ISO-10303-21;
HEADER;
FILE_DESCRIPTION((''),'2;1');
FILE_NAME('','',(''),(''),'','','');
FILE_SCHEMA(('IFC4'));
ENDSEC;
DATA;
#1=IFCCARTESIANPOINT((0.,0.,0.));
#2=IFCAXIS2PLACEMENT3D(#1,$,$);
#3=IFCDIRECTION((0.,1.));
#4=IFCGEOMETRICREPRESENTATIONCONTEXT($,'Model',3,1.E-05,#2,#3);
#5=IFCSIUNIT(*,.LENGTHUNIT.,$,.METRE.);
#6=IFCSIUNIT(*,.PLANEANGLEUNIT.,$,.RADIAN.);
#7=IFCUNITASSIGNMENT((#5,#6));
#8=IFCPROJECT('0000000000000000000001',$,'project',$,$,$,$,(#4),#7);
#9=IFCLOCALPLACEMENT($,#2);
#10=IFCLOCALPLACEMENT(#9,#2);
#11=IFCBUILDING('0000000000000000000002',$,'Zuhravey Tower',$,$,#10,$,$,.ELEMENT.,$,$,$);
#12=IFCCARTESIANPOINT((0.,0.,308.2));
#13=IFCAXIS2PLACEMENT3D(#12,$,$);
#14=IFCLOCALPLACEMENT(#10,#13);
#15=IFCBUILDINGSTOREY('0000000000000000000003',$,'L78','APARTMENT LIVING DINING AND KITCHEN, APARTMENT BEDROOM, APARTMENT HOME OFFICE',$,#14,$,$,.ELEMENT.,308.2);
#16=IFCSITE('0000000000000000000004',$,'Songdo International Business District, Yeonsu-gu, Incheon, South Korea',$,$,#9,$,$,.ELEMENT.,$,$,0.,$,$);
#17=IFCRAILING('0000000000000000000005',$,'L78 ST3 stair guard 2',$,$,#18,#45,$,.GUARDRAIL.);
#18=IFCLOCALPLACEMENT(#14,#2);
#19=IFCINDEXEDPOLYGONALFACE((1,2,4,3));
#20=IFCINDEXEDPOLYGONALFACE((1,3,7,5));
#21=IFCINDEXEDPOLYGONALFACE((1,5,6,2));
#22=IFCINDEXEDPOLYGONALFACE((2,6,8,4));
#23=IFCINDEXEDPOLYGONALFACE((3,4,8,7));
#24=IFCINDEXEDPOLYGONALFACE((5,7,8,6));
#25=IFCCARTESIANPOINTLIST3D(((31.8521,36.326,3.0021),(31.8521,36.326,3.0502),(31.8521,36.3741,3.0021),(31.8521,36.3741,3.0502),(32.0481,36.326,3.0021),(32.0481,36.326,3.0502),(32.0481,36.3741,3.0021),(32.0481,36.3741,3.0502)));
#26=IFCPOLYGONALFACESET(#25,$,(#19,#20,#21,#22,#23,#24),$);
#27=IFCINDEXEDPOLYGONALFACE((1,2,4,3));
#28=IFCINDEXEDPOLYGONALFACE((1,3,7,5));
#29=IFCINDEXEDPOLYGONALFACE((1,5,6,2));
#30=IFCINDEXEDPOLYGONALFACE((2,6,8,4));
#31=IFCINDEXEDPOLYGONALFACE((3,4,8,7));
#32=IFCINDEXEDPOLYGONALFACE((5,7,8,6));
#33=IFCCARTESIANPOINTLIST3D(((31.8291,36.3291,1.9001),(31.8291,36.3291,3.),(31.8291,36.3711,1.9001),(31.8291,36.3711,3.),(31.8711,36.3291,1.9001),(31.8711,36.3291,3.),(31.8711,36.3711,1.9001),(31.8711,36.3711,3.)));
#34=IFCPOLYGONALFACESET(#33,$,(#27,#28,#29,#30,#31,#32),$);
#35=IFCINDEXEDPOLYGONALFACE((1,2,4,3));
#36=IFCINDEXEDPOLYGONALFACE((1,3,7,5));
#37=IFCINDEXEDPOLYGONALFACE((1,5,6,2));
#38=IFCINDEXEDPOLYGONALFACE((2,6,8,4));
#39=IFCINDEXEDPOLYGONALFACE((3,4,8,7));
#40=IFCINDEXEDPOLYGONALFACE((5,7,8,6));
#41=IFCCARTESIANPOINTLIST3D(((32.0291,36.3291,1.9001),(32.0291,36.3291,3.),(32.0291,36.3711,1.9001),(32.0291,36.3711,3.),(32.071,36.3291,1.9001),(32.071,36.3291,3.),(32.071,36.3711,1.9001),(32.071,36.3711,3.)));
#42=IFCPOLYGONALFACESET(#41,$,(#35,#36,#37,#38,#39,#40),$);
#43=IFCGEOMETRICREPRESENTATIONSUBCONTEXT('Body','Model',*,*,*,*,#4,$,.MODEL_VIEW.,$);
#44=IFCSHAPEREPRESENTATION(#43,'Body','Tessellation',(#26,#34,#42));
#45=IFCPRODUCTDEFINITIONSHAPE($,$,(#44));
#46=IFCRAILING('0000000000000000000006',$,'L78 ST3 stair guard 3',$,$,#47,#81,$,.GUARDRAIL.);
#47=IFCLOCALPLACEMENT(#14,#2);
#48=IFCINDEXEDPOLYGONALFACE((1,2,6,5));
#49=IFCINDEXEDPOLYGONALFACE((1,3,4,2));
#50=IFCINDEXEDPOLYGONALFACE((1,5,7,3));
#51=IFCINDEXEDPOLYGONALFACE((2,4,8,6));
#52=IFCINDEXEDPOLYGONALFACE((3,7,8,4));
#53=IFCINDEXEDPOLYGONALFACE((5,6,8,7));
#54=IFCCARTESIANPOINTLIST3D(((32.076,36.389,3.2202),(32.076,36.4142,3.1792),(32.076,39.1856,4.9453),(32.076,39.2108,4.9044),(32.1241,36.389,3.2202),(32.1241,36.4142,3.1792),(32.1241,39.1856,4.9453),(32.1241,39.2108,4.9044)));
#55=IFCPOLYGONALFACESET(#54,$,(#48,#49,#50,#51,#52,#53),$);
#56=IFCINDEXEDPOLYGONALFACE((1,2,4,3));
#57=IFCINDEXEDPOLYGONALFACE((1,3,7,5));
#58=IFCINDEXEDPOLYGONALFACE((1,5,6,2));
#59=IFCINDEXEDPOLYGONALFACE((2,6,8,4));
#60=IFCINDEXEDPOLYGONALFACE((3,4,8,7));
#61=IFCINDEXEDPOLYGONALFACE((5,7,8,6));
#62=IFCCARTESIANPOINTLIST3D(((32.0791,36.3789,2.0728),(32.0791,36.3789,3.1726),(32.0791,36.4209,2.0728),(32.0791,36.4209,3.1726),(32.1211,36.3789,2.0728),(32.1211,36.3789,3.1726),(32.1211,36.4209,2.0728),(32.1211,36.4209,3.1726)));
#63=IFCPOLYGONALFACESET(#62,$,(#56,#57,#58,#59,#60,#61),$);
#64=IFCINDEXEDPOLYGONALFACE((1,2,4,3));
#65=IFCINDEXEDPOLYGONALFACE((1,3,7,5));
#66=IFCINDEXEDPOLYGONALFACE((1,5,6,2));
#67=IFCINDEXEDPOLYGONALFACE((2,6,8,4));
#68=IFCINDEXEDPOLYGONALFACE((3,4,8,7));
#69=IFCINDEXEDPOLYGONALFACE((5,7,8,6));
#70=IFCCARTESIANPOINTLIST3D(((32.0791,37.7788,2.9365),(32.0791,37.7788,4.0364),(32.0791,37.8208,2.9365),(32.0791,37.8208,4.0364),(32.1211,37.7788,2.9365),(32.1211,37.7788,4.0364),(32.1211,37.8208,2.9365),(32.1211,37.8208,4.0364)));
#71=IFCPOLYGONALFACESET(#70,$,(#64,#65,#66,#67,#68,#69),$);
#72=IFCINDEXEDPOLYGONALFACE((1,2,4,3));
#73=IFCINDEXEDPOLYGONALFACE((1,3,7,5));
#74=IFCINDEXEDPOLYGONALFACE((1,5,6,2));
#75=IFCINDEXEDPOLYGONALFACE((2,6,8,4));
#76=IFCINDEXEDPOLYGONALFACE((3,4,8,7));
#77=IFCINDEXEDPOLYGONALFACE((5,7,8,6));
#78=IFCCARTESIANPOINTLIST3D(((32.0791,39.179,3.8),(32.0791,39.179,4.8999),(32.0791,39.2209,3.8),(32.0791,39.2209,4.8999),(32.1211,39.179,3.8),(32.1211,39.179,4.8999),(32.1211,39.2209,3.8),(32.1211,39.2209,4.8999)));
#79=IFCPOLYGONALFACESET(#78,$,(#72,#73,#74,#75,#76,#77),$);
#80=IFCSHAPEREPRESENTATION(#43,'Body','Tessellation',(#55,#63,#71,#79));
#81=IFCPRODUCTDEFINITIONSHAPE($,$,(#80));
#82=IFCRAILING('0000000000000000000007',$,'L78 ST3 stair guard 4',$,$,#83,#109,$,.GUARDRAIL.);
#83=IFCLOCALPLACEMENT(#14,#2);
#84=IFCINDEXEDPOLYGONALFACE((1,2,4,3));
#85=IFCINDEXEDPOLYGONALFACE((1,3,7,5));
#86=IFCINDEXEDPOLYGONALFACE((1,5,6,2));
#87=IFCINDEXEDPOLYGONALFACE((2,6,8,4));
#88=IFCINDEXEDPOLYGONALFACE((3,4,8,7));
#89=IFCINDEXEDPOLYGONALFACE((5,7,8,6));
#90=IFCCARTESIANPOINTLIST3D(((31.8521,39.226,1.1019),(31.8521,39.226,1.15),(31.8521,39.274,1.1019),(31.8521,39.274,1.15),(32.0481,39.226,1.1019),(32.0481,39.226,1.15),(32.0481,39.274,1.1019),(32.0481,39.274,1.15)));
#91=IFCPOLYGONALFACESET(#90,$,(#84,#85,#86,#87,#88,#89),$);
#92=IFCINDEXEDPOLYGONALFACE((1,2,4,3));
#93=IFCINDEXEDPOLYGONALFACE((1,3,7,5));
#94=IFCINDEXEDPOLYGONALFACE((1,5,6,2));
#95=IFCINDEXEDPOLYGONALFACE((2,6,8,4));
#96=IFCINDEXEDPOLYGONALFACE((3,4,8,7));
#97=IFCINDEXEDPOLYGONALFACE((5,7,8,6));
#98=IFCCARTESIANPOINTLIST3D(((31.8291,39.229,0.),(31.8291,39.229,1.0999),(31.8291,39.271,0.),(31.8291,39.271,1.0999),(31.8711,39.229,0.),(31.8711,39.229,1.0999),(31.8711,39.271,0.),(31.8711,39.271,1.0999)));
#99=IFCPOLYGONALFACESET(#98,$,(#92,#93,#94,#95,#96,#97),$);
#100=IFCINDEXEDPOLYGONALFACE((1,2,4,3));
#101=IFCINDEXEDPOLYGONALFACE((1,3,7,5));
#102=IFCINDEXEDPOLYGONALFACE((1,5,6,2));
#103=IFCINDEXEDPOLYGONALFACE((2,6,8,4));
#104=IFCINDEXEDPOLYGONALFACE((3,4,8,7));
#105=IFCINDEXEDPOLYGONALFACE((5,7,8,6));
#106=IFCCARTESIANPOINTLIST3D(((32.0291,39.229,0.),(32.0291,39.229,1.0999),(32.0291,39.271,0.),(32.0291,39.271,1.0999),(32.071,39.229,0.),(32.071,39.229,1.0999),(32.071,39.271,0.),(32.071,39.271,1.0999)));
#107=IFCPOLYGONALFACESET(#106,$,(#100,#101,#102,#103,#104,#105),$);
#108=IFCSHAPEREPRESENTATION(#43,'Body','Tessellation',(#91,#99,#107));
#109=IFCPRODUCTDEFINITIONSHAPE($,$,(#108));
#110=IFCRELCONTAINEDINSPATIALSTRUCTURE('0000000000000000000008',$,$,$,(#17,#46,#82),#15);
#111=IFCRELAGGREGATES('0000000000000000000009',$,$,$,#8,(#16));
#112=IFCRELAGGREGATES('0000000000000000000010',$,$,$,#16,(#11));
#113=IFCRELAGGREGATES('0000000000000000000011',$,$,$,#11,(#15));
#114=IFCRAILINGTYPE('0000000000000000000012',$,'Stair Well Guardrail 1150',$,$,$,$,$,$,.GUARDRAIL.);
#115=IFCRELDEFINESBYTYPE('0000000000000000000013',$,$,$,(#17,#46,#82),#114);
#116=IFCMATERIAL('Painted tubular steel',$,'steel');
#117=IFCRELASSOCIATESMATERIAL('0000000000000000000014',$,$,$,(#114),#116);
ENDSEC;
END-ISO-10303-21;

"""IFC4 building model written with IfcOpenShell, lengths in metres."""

from ifc_helpers import new_model, si_unit, direction, frame, origin, origin_2d, place, context, subcontext, project, spatial, rectangle, extrude, material, type_object, element, save


model = new_model("IFC4")

# Units and contexts
model_context = context("Model", 3, precision=1e-05, world=origin(), true_north=direction((0.0, 1.0)))
body_context = subcontext(model_context, "Body", "Model", "MODEL_VIEW")
ifc_project = project(units=[si_unit("LENGTHUNIT", "METRE"), si_unit("PLANEANGLEUNIT", "RADIAN")], contexts=[model_context])

# Site, building, storey
site_placement = place(None, origin())
site = spatial("IfcSite", under=ifc_project, at=site_placement, Name="Songdo International Business District, Yeonsu-gu, Incheon, South Korea", CompositionType="ELEMENT", RefElevation=0.0)
building_placement = place(site_placement, origin())
building = spatial("IfcBuilding", under=site, at=building_placement, Name="Zuhravey Tower", CompositionType="ELEMENT")
storey_placement = place(building_placement, frame((0.0, 0.0, 308.2)))
storey = spatial("IfcBuildingStorey", under=building, at=storey_placement, Name="L78", Description="APARTMENT LIVING DINING AND KITCHEN, APARTMENT BEDROOM, APARTMENT HOME OFFICE", CompositionType="ELEMENT", Elevation=308.2)

# Railings
ifc_material_1 = material(Name="Painted tubular steel", Category="steel")
railing_type_1 = type_object("IfcRailingType", Name="Stair Well Guardrail 1150", PredefinedType="GUARDRAIL", material=ifc_material_1)
railing_1_placement = place(storey_placement, frame((31.8501, 36.3501, 1.9001)))
element("IfcRailing", 1, at=railing_1_placement, inside=storey, type_object=railing_type_1, Name="L78 ST3 stair guard 2", PredefinedType="GUARDRAIL", context=body_context, shape_type="SweptSolid", body=[
    extrude(rectangle(XDim=0.0481, YDim=0.0481, at=origin_2d()), frame((0.002, 0.0, 1.126), z_axis=(1.0, 0.0, 0.0), x_axis=(0.0, 1.0, 0.0)), (0.0, 0.0, 1.0), 0.196),
    extrude(rectangle(XDim=0.042, YDim=0.042, at=origin_2d()), origin(), (0.0, 0.0, 1.0), 1.0999),
    extrude(rectangle(XDim=0.042, YDim=0.042, at=origin_2d()), frame((0.2, 0.0, 0.0)), (0.0, 0.0, 1.0), 1.0999),
])
railing_2_placement = place(storey_placement, frame((32.1001, 36.3999, 2.0728)))
element("IfcRailing", 2, at=railing_2_placement, inside=storey, type_object=railing_type_1, Name="L78 ST3 stair guard 3", PredefinedType="GUARDRAIL", context=body_context, shape_type="SweptSolid", body=[
    extrude(rectangle(XDim=0.0481, YDim=0.0481, at=origin_2d()), frame((0.0, 0.0017, 1.127), z_axis=(0.0, 0.85109, 0.52502), x_axis=(-1.0, 0.0, 0.0)), (0.0, 0.0, 1.0), 3.2859),
    extrude(rectangle(XDim=0.042, YDim=0.042, at=origin_2d()), origin(), (0.0, 0.0, 1.0), 1.0999),
    extrude(rectangle(XDim=0.042, YDim=0.042, at=origin_2d()), frame((0.0, 1.3999, 0.8638)), (0.0, 0.0, 1.0), 1.0999),
    extrude(rectangle(XDim=0.042, YDim=0.042, at=origin_2d()), frame((0.0, 2.8, 1.7273)), (0.0, 0.0, 1.0), 1.0999),
])
railing_3_placement = place(storey_placement, frame((31.8501, 39.25, 0.0)))
element("IfcRailing", 3, at=railing_3_placement, inside=storey, type_object=railing_type_1, Name="L78 ST3 stair guard 4", PredefinedType="GUARDRAIL", context=body_context, shape_type="SweptSolid", body=[
    extrude(rectangle(XDim=0.0481, YDim=0.0481, at=origin_2d()), frame((0.002, 0.0, 1.126), z_axis=(1.0, 0.0, 0.0), x_axis=(0.0, 1.0, 0.0)), (0.0, 0.0, 1.0), 0.196),
    extrude(rectangle(XDim=0.042, YDim=0.042, at=origin_2d()), origin(), (0.0, 0.0, 1.0), 1.0999),
    extrude(rectangle(XDim=0.042, YDim=0.042, at=origin_2d()), frame((0.2, 0.0, 0.0)), (0.0, 0.0, 1.0), 1.0999),
])

save(model, "model.ifc")
